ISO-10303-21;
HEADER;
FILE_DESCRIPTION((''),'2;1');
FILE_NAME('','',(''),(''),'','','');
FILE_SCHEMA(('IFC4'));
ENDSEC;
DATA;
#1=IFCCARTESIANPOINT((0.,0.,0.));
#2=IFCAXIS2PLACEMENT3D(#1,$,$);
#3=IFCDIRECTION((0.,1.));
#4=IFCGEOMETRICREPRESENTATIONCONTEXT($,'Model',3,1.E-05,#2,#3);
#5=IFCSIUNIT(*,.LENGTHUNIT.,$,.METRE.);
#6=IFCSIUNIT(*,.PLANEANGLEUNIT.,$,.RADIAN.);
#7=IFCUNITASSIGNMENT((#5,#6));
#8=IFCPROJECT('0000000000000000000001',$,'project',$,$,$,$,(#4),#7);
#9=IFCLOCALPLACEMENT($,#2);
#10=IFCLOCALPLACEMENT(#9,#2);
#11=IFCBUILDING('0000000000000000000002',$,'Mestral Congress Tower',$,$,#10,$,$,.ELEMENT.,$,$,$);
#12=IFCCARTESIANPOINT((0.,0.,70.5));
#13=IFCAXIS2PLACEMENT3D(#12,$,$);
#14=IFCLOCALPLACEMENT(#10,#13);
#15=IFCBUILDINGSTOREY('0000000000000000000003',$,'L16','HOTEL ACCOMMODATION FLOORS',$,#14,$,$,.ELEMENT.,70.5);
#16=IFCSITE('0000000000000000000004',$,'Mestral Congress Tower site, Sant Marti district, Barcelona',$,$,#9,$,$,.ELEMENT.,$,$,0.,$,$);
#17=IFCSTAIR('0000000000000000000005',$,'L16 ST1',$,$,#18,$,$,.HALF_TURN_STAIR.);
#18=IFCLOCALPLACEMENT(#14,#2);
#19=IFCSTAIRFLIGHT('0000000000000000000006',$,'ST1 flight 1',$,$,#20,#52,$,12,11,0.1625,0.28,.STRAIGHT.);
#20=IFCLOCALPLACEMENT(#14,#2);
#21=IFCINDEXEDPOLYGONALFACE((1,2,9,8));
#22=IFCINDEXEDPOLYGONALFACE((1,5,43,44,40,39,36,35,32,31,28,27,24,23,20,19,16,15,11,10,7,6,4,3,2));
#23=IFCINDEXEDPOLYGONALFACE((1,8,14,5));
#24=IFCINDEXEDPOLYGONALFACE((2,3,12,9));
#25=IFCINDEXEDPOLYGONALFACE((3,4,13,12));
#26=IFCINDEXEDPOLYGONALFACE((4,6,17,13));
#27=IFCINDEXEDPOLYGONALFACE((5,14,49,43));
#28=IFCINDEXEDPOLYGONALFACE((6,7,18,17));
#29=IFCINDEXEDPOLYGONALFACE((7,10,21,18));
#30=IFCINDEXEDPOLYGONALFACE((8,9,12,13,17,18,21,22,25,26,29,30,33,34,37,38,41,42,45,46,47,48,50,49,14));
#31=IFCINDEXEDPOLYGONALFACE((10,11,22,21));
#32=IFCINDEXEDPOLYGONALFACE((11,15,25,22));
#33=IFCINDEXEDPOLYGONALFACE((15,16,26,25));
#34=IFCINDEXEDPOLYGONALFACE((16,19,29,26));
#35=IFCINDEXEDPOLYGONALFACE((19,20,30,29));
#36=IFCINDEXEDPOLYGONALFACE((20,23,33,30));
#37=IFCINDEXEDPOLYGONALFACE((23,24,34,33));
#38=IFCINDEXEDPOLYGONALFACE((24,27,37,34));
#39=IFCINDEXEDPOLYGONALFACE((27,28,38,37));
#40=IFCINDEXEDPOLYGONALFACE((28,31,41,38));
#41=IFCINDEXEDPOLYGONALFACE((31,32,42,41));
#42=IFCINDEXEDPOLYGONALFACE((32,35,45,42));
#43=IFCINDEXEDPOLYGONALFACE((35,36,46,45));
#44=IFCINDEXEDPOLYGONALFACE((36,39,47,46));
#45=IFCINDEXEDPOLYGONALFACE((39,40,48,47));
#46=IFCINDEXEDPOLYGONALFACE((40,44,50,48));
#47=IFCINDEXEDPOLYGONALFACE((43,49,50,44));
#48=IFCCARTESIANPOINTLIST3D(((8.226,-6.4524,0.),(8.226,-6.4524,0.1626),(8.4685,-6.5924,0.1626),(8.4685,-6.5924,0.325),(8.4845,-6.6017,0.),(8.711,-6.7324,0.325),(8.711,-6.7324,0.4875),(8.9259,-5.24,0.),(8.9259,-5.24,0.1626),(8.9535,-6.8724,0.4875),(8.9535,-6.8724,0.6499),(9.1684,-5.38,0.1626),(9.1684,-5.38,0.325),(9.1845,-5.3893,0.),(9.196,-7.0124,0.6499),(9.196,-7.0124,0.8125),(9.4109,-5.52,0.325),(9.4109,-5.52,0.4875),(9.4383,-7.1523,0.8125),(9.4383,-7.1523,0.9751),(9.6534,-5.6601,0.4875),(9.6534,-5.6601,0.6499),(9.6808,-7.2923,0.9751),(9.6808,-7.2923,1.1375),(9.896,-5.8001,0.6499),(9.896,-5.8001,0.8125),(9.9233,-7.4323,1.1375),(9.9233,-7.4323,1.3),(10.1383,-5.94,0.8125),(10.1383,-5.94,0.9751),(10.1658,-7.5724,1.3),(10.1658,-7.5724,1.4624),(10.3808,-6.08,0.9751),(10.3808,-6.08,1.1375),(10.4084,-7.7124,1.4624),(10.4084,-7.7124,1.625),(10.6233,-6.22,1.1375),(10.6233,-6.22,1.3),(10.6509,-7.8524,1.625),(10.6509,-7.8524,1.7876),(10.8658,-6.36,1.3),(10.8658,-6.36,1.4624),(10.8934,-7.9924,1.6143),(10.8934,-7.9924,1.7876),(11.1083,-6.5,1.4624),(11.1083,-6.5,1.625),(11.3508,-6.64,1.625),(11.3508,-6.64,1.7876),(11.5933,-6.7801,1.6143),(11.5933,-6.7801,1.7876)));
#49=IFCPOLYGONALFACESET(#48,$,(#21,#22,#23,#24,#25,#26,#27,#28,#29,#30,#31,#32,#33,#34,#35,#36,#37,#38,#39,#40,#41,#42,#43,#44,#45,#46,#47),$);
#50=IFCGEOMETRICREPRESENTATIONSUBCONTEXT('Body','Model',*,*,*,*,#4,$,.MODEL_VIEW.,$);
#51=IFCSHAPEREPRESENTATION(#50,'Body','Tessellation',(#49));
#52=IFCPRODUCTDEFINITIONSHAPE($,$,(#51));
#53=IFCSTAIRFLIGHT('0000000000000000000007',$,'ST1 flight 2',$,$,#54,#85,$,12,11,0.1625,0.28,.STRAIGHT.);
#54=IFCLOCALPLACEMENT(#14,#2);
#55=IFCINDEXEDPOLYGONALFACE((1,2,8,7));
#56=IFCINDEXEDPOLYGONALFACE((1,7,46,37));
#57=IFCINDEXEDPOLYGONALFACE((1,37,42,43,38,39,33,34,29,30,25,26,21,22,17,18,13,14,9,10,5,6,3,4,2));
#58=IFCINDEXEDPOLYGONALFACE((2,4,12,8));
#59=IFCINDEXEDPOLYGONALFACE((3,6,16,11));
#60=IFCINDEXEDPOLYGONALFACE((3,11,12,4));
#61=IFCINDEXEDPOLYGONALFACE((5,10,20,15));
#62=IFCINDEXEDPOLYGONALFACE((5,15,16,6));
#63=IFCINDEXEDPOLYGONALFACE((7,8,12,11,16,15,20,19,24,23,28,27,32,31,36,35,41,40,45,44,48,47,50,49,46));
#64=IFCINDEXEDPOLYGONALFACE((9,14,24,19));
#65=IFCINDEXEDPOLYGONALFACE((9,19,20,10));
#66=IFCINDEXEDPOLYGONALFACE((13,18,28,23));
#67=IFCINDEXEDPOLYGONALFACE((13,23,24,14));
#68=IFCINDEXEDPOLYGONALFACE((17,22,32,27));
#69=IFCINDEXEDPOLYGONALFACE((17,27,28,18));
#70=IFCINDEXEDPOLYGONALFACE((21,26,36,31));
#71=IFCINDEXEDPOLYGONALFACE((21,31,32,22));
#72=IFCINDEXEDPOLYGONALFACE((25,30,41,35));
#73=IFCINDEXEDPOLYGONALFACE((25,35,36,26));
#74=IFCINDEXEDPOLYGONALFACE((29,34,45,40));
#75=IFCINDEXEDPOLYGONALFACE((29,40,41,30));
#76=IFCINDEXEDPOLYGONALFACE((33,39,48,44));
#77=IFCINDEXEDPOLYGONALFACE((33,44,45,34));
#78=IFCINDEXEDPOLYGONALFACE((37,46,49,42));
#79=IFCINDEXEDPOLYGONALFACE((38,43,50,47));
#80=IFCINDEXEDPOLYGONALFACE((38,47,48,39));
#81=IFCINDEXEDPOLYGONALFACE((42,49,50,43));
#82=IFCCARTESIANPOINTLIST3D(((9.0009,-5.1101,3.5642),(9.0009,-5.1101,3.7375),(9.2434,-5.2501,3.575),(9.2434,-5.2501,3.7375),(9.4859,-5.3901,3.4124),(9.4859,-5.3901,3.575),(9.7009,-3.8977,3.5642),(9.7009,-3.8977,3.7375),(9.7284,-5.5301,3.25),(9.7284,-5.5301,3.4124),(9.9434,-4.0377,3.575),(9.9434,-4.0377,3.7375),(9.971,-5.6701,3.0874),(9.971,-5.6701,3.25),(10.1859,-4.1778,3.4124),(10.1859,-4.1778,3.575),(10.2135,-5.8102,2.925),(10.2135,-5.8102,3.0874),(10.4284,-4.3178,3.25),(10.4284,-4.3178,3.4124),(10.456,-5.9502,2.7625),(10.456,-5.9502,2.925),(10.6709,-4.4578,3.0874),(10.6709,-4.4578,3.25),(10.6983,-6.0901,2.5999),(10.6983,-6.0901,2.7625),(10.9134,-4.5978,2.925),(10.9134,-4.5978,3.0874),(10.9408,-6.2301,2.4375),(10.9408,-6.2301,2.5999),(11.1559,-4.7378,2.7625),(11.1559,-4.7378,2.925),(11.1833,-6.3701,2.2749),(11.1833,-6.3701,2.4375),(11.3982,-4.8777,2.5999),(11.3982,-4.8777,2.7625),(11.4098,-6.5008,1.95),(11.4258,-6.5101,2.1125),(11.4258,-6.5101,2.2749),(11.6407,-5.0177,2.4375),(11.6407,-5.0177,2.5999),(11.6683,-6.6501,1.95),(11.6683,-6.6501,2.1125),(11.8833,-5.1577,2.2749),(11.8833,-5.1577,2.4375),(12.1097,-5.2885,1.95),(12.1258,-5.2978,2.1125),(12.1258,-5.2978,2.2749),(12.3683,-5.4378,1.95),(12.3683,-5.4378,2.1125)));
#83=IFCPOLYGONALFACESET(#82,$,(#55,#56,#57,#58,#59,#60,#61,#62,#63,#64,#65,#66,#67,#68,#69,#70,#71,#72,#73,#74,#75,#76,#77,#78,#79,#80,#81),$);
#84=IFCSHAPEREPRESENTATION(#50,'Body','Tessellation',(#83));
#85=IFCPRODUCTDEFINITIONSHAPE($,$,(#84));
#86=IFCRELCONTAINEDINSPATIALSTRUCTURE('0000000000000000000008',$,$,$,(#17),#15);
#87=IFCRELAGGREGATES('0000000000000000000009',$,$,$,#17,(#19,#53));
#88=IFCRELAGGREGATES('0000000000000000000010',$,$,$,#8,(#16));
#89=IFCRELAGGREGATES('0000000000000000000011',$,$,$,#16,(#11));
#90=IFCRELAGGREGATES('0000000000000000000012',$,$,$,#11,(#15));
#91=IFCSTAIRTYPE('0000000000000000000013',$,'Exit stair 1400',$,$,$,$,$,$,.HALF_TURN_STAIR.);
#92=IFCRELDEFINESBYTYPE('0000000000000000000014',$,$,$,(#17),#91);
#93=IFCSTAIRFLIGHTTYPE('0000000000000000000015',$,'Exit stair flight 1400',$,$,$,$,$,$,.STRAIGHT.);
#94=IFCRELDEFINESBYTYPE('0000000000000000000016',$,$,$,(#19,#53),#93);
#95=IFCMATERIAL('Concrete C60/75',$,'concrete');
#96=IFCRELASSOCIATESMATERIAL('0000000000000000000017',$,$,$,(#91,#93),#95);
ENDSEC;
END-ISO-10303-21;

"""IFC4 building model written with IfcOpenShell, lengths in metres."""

from ifc_helpers import new_model, si_unit, direction, frame, origin, place, context, subcontext, project, spatial, polyline, outline, extrude, material, type_object, element, aggregate, save


model = new_model("IFC4")

# Units and contexts
model_context = context("Model", 3, precision=1e-05, world=origin(), true_north=direction((0.0, 1.0)))
body_context = subcontext(model_context, "Body", "Model", "MODEL_VIEW")
ifc_project = project(units=[si_unit("LENGTHUNIT", "METRE"), si_unit("PLANEANGLEUNIT", "RADIAN")], contexts=[model_context])

# Site, building, storey
site_placement = place(None, origin())
site = spatial("IfcSite", under=ifc_project, at=site_placement, Name="Mestral Congress Tower site, Sant Marti district, Barcelona", CompositionType="ELEMENT", RefElevation=0.0)
building_placement = place(site_placement, origin())
building = spatial("IfcBuilding", under=site, at=building_placement, Name="Mestral Congress Tower", CompositionType="ELEMENT")
storey_placement = place(building_placement, frame((0.0, 0.0, 70.5)))
storey = spatial("IfcBuildingStorey", under=building, at=storey_placement, Name="L16", Description="HOTEL ACCOMMODATION FLOORS", CompositionType="ELEMENT", Elevation=70.5)

# Shared definitions
ifc_material_1 = material(Name="Concrete C60/75", Category="concrete")

# Stair, stair flights
stair_type = type_object("IfcStairType", Name="Exit stair 1400", PredefinedType="HALF_TURN_STAIR", material=ifc_material_1)
stair_placement = place(storey_placement, origin())
stair = element("IfcStair", 1, at=stair_placement, inside=storey, type_object=stair_type, Name="L16 ST1", PredefinedType="HALF_TURN_STAIR")
stair_flight_type = type_object("IfcStairFlightType", Name="Exit stair flight 1400", PredefinedType="STRAIGHT", material=ifc_material_1)
stair_flight_1_placement = place(storey_placement, frame((8.5759, -5.8462, 0.0), z_axis=(0.0, 0.0, 1.0), x_axis=(0.866025, -0.5, 0.0)))
stair_flight_1 = element("IfcStairFlight", 2, at=stair_flight_1_placement, type_object=stair_flight_type, Name="ST1 flight 1", NumberOfRisers=12, NumberOfTreads=11, PredefinedType="STRAIGHT", RiserHeight=0.1625, TreadLength=0.28, context=body_context, shape_type="SweptSolid", body=[
    extrude(outline(polyline([(0.0, 0.0), (0.0, 0.1626), (0.28, 0.1626), (0.28, 0.325), (0.5601, 0.325), (0.5601, 0.4875), (0.8401, 0.4875), (0.8401, 0.6499), (1.1201, 0.6499), (1.1201, 0.8125), (1.3999, 0.8125), (1.3999, 0.9751), (1.6799, 0.9751), (1.6799, 1.1375), (1.96, 1.1375), (1.96, 1.3), (2.24, 1.3), (2.24, 1.4624), (2.52, 1.4624), (2.52, 1.625), (2.8, 1.625), (2.8, 1.7876), (3.0801, 1.7876), (3.0801, 1.95), (3.0801, 1.6143), (0.2986, 0.0), (0.0, 0.0)])), frame((0.0, 0.7, 0.0), z_axis=(0.0, -1.0, 0.0), x_axis=(1.0, 0.0, 0.0)), (0.0, 0.0, 1.0), 1.3999),
])
stair_flight_2_placement = place(storey_placement, frame((12.0183, -6.0439, 1.95), z_axis=(0.0, 0.0, 1.0), x_axis=(-0.866025, 0.5, 0.0)))
stair_flight_2 = element("IfcStairFlight", 3, at=stair_flight_2_placement, type_object=stair_flight_type, Name="ST1 flight 2", NumberOfRisers=12, NumberOfTreads=11, PredefinedType="STRAIGHT", RiserHeight=0.1625, TreadLength=0.28, context=body_context, shape_type="SweptSolid", body=[
    extrude(outline(polyline([(0.0, 0.0), (0.0, 0.1626), (0.28, 0.1626), (0.28, 0.325), (0.5601, 0.325), (0.5601, 0.4875), (0.8401, 0.4875), (0.8401, 0.6499), (1.1201, 0.6499), (1.1201, 0.8125), (1.3999, 0.8125), (1.3999, 0.9751), (1.6799, 0.9751), (1.6799, 1.1375), (1.96, 1.1375), (1.96, 1.3), (2.24, 1.3), (2.24, 1.4624), (2.52, 1.4624), (2.52, 1.625), (2.8, 1.625), (2.8, 1.7876), (3.0801, 1.7876), (3.0801, 1.95), (3.0801, 1.6143), (0.2986, 0.0), (0.0, 0.0)])), frame((0.0, 0.7, 0.0), z_axis=(0.0, -1.0, 0.0), x_axis=(1.0, 0.0, 0.0)), (0.0, 0.0, 1.0), 1.3999),
])
aggregate(stair, [stair_flight_1, stair_flight_2])

save(model, "model.ifc")
